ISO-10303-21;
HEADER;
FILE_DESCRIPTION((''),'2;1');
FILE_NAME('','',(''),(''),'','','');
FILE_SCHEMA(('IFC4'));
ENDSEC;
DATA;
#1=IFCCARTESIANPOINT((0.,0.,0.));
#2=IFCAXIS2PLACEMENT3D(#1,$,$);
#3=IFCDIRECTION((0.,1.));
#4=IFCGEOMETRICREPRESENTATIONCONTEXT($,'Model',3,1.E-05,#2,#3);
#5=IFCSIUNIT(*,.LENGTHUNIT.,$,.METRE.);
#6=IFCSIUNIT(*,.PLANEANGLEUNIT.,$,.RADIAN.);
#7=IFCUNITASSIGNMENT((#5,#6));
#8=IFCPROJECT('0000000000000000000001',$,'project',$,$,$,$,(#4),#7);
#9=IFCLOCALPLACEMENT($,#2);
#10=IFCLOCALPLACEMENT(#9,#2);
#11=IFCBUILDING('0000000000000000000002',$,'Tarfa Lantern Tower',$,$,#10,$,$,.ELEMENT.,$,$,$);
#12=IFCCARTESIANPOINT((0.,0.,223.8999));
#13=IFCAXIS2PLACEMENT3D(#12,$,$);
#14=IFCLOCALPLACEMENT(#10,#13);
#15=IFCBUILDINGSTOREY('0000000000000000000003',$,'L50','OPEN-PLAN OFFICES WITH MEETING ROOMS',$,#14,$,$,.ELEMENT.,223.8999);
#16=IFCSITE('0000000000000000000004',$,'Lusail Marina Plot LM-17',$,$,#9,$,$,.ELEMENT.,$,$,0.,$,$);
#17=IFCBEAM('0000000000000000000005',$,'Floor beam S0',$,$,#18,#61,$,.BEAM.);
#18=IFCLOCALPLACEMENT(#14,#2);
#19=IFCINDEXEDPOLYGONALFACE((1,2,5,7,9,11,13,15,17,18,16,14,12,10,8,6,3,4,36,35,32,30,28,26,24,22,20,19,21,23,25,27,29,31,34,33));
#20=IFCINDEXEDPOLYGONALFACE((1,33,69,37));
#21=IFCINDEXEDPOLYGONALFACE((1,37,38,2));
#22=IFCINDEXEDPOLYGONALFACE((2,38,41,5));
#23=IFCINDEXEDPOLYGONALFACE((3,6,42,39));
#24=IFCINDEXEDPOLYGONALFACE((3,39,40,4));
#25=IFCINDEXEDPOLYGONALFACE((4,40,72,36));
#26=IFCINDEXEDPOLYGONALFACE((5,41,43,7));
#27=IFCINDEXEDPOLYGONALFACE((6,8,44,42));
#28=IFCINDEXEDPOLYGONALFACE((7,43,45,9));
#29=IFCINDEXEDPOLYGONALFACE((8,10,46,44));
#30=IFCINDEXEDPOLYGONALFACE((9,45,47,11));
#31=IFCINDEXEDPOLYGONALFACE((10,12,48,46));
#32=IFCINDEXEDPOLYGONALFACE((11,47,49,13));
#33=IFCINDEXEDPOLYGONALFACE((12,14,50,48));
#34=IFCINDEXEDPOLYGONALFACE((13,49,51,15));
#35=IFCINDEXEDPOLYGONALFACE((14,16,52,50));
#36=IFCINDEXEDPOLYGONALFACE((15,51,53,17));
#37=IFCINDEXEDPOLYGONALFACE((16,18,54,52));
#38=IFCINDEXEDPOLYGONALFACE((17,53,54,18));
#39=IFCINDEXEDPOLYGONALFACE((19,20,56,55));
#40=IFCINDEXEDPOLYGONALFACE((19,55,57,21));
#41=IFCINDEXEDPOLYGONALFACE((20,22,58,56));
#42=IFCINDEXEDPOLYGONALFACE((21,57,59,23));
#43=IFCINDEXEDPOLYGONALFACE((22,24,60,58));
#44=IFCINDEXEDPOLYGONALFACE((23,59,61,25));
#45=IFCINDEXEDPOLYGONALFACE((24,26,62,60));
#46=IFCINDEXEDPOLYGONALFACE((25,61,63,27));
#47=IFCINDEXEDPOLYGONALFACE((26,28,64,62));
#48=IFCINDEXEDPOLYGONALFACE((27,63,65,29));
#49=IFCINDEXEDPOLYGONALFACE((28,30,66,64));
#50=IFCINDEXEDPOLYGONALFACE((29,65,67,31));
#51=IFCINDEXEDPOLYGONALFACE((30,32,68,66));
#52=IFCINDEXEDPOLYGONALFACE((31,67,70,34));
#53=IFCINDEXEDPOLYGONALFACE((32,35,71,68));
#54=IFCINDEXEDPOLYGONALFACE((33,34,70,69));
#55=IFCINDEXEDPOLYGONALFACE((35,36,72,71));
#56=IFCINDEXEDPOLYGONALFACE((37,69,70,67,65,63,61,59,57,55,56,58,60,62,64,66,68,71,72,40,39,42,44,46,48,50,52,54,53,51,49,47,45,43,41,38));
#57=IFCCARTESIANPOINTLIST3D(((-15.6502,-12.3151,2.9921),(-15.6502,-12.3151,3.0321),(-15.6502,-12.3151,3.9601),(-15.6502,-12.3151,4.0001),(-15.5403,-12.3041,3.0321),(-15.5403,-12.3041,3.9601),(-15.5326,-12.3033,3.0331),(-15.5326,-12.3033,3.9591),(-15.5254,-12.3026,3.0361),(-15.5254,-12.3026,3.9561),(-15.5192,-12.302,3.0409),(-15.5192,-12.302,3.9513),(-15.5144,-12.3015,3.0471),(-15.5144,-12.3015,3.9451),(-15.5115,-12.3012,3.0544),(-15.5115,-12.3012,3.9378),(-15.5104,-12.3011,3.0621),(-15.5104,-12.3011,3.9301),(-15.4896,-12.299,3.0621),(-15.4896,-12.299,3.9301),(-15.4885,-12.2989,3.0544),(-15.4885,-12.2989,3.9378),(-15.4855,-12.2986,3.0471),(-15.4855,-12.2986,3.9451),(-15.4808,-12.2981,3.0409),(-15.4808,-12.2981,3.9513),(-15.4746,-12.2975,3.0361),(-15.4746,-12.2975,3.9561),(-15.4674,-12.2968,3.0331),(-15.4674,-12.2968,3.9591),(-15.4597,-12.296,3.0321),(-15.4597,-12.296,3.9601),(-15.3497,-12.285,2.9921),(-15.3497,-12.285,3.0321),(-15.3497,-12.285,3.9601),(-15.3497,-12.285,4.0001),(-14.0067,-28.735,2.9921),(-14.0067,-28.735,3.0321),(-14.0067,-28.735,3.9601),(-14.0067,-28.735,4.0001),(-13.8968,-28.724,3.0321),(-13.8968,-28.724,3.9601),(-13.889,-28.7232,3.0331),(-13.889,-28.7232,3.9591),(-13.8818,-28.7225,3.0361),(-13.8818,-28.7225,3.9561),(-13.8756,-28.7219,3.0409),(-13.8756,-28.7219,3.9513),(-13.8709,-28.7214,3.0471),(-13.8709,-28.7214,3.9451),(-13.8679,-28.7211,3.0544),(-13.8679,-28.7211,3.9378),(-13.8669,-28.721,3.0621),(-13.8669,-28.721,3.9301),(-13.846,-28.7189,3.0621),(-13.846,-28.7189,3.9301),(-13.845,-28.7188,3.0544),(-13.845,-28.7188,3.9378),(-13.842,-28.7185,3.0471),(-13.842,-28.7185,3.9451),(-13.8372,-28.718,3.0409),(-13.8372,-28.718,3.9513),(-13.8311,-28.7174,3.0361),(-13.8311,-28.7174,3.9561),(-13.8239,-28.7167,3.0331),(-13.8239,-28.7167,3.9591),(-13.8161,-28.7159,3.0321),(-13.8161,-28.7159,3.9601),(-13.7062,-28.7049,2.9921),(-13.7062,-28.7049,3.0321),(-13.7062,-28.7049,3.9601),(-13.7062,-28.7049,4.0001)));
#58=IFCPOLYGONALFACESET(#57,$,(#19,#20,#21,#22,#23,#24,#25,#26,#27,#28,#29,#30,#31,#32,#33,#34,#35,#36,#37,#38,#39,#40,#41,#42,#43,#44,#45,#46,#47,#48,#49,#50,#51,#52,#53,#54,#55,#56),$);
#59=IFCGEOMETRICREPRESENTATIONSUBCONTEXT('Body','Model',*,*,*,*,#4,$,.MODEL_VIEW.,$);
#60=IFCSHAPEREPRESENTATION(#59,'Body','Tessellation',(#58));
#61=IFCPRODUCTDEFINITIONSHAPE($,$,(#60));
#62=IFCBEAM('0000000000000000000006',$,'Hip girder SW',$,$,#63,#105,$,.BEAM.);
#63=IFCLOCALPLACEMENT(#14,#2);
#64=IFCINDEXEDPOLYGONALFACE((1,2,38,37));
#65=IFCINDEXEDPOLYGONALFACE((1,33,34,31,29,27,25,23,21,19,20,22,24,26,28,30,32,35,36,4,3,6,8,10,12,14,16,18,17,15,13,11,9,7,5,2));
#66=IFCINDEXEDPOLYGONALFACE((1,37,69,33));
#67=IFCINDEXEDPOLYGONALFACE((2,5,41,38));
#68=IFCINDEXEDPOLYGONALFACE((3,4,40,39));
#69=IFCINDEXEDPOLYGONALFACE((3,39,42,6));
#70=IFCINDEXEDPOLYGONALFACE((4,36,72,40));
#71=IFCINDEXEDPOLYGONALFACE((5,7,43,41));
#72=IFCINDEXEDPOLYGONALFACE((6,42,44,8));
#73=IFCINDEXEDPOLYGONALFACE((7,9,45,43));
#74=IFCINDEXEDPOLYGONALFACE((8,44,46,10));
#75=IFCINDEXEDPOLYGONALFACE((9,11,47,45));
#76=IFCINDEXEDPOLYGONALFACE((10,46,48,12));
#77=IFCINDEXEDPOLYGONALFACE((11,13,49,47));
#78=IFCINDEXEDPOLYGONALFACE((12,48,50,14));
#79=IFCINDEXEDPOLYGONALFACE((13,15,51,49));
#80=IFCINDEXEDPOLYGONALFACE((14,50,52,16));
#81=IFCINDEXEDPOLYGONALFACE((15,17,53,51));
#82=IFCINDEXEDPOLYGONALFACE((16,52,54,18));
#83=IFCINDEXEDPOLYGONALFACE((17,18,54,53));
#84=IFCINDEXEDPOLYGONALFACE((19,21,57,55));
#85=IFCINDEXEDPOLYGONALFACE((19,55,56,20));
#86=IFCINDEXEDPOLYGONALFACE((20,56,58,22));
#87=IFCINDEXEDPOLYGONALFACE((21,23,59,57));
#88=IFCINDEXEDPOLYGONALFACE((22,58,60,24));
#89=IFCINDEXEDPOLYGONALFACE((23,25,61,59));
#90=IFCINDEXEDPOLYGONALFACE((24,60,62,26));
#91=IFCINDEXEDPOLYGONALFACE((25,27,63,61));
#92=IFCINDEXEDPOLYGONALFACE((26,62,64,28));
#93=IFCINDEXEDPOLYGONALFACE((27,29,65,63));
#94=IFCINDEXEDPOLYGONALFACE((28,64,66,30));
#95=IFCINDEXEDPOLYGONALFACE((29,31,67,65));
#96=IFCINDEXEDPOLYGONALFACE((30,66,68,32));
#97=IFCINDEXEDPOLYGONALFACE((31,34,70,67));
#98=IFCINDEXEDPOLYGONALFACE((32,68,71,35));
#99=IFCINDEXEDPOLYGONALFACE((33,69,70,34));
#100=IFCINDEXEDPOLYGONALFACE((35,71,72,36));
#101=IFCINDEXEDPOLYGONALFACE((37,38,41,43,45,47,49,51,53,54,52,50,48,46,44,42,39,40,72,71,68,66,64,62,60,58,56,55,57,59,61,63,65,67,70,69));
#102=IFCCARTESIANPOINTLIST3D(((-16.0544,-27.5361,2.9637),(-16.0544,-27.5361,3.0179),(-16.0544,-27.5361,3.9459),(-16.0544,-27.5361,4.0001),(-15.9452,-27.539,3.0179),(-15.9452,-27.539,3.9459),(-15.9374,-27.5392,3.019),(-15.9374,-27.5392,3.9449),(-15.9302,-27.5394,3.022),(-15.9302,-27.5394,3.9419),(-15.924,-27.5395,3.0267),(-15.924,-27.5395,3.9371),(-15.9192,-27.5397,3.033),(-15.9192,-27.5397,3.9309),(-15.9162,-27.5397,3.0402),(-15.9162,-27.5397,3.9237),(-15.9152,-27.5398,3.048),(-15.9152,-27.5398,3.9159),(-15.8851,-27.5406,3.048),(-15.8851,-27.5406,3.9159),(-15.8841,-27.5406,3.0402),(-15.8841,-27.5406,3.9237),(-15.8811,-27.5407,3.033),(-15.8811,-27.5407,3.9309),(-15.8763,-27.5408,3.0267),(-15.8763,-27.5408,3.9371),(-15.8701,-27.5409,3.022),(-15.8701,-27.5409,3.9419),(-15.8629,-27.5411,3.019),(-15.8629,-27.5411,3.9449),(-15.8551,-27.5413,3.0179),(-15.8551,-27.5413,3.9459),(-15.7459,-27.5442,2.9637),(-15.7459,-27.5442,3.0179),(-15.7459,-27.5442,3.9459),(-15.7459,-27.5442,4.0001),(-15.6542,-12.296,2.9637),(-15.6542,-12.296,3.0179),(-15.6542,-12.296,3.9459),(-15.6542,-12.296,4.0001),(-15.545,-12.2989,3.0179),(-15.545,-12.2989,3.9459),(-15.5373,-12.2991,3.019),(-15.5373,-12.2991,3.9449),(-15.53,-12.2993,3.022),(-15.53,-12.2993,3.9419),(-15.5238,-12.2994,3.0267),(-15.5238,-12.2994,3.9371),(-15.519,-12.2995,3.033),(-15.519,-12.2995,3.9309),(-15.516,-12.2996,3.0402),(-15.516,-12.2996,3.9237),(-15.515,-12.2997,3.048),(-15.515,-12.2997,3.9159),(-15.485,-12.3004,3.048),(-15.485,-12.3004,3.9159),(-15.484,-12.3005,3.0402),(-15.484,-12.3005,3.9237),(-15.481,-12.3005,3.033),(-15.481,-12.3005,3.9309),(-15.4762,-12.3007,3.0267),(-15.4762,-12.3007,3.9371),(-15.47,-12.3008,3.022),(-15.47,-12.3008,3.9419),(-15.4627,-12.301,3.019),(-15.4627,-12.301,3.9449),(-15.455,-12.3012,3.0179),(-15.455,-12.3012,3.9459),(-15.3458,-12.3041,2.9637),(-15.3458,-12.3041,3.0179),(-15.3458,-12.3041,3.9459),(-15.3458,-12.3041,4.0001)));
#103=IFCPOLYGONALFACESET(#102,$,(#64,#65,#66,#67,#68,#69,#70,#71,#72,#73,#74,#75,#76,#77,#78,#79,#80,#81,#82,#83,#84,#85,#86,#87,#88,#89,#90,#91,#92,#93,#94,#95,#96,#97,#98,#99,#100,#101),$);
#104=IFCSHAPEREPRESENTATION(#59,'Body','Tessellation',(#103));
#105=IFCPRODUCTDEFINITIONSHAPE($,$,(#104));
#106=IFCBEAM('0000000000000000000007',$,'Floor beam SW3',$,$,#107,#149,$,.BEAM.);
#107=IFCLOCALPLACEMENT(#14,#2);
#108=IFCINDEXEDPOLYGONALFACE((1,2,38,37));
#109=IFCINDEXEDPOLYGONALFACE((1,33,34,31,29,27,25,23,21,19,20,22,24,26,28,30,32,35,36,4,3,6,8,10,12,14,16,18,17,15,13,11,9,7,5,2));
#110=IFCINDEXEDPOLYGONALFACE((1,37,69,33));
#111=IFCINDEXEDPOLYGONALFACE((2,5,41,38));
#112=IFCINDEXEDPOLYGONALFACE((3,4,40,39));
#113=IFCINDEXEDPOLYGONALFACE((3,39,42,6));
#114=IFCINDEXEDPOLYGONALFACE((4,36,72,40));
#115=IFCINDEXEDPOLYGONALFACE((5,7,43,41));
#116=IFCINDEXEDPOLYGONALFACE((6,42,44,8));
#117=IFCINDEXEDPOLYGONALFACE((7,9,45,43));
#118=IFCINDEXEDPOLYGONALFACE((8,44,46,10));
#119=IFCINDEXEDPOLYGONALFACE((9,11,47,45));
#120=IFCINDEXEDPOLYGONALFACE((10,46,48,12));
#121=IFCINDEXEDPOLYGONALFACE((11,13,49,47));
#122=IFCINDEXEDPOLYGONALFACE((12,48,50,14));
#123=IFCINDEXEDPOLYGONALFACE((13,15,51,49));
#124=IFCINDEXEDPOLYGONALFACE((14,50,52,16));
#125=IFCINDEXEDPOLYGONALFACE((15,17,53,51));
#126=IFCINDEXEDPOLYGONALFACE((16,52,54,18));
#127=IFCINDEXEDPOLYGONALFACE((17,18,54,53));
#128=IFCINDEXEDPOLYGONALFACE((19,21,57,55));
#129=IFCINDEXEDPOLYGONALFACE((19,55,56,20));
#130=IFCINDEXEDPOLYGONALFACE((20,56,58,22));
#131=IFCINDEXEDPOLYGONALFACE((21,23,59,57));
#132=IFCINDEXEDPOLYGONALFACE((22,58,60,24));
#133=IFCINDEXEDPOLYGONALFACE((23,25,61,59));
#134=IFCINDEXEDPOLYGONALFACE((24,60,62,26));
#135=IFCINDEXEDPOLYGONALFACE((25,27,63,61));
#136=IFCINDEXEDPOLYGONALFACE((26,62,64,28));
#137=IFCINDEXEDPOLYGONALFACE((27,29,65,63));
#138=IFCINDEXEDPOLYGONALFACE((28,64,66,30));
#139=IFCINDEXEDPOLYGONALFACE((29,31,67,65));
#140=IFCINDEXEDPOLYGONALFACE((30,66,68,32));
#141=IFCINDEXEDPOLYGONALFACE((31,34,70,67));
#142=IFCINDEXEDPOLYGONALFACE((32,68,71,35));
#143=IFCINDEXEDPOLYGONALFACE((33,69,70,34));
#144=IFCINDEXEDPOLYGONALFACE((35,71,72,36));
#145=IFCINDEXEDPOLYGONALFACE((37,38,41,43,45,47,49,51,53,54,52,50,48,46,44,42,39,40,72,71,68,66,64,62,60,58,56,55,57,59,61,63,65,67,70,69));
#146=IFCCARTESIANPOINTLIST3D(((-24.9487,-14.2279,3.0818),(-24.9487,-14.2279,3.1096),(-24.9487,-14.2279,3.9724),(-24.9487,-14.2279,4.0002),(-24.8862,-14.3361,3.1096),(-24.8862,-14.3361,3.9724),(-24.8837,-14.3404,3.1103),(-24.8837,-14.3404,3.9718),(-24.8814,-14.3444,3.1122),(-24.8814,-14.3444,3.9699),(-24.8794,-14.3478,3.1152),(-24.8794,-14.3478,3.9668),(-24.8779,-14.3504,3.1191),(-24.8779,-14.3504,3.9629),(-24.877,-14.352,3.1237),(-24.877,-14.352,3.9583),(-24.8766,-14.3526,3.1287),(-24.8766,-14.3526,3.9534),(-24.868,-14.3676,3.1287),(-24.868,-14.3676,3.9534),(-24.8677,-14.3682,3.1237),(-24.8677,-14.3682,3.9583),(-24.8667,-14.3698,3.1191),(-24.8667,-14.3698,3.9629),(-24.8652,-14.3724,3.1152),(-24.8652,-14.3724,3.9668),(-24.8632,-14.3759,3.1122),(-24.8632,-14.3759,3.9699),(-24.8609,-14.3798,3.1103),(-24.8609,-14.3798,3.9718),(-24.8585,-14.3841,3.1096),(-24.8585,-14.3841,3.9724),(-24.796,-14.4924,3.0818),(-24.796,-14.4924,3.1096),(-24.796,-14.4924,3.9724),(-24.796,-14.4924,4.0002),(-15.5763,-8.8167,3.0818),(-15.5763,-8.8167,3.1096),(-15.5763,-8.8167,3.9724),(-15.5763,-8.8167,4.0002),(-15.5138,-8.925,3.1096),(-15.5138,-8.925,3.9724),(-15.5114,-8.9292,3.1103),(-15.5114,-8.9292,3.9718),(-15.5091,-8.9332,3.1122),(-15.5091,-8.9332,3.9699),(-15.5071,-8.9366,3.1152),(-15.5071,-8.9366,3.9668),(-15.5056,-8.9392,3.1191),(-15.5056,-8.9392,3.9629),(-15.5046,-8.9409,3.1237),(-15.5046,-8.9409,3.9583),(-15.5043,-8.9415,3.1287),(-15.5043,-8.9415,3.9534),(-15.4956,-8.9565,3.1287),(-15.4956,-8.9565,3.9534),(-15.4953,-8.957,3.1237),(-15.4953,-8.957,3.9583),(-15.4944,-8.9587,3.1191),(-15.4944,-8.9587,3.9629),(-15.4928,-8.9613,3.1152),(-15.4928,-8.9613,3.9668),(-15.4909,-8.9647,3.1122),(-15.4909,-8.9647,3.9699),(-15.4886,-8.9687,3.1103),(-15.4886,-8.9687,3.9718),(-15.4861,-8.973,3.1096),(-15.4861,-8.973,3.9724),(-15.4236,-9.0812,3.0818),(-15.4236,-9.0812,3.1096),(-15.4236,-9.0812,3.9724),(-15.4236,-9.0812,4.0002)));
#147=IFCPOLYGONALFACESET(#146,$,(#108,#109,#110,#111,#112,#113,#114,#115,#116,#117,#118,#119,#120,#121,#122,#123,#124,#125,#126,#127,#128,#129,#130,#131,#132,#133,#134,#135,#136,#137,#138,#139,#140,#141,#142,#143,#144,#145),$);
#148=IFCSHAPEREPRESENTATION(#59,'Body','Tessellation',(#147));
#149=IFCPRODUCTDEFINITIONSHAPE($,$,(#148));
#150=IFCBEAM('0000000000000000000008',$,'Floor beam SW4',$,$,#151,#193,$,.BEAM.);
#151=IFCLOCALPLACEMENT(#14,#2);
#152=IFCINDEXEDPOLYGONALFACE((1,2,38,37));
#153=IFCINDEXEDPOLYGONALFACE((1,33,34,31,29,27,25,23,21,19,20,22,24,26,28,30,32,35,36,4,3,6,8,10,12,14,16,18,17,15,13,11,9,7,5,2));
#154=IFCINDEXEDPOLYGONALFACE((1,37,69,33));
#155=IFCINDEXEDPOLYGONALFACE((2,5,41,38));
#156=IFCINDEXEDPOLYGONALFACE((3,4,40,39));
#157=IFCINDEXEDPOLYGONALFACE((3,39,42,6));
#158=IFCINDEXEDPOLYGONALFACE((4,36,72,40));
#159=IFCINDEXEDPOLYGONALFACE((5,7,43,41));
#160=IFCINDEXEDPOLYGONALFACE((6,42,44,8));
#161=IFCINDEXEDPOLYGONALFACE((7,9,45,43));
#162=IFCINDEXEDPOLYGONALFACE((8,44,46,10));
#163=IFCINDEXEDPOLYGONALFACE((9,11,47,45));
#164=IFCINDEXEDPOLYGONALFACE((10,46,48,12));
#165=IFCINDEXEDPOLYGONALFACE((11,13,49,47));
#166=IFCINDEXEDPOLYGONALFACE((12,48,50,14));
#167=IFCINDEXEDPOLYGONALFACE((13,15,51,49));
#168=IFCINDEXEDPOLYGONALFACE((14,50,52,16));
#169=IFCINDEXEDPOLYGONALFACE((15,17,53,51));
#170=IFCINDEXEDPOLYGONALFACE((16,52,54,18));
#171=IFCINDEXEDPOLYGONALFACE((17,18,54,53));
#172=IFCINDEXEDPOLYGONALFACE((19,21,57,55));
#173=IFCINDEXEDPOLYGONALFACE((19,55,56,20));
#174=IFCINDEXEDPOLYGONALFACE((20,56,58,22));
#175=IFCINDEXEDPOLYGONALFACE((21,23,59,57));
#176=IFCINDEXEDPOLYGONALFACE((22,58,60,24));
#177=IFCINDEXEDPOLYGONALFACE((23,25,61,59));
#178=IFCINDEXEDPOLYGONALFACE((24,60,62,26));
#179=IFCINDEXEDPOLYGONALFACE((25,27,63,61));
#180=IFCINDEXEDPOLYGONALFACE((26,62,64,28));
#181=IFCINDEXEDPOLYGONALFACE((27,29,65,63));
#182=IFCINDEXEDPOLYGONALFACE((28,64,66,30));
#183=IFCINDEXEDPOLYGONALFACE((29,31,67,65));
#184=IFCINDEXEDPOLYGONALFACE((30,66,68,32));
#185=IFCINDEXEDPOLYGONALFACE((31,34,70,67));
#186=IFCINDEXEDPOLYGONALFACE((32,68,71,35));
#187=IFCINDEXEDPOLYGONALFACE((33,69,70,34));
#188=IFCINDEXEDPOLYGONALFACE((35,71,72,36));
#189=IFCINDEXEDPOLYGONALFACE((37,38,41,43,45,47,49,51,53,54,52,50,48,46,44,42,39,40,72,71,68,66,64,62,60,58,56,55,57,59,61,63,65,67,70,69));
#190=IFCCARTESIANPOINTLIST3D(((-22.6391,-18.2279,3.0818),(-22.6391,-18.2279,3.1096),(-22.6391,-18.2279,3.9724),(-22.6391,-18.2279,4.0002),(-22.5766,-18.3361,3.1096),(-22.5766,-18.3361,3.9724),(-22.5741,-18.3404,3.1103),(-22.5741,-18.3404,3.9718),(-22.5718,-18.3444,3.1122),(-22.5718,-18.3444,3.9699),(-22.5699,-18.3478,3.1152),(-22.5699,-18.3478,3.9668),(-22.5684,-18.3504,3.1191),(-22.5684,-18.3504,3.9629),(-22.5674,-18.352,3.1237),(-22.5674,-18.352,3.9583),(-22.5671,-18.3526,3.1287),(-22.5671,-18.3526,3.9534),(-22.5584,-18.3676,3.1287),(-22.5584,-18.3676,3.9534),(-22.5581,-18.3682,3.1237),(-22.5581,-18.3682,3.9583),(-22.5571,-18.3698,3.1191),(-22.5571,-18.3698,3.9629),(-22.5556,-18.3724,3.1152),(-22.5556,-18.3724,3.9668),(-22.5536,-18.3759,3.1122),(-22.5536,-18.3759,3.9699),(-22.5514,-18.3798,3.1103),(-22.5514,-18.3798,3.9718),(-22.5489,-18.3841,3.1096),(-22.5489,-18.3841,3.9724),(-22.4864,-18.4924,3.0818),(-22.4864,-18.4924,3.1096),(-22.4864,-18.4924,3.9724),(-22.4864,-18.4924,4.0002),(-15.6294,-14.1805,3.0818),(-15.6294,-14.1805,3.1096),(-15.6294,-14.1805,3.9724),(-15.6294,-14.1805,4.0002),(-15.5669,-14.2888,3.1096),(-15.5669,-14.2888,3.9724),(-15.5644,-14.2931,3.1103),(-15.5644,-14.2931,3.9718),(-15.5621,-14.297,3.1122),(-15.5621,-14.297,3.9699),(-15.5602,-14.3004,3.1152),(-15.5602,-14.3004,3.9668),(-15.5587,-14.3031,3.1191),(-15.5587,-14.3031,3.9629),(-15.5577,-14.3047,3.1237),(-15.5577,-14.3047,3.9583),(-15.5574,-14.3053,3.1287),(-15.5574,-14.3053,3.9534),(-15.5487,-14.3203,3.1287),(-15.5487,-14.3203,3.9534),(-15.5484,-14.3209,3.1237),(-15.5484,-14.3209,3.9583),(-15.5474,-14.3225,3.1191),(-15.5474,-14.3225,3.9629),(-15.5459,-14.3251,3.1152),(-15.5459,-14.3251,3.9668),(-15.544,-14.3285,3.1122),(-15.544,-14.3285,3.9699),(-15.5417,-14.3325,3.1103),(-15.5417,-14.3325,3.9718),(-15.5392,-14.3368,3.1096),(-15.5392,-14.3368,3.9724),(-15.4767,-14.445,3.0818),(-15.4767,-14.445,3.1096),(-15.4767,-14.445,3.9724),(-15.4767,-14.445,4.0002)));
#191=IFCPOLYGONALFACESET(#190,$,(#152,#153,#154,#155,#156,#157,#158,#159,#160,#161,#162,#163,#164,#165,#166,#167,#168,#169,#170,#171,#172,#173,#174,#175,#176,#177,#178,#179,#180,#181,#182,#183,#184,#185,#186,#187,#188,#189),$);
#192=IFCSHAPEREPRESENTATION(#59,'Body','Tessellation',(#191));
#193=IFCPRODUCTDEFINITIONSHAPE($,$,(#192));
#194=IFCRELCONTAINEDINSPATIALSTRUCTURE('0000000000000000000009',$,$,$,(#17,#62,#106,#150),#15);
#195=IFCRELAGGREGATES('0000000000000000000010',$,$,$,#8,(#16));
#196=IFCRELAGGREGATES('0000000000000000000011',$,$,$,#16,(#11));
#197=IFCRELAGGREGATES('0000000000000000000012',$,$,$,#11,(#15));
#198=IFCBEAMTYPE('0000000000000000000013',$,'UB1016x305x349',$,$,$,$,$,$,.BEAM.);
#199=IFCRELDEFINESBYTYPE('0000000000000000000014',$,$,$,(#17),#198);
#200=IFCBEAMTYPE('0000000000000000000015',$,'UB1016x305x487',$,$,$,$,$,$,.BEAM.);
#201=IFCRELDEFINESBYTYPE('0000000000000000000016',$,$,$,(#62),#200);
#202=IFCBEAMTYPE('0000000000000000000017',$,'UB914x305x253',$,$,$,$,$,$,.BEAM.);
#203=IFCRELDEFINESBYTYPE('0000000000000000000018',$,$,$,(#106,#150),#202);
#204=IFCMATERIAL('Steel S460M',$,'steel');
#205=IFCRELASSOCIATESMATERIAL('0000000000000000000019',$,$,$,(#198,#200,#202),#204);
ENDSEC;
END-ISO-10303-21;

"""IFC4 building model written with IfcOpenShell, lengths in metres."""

from ifc_helpers import new_model, si_unit, direction, frame, origin, origin_2d, place, context, subcontext, project, spatial, i_section, extrude, material, material_profile, profile_set, type_object, element, save


model = new_model("IFC4")

# Units and contexts
model_context = context("Model", 3, precision=1e-05, world=origin(), true_north=direction((0.0, 1.0)))
body_context = subcontext(model_context, "Body", "Model", "MODEL_VIEW")
ifc_project = project(units=[si_unit("LENGTHUNIT", "METRE"), si_unit("PLANEANGLEUNIT", "RADIAN")], contexts=[model_context])

# Site, building, storey
site_placement = place(None, origin())
site = spatial("IfcSite", under=ifc_project, at=site_placement, Name="Lusail Marina Plot LM-17", CompositionType="ELEMENT", RefElevation=0.0)
building_placement = place(site_placement, origin())
building = spatial("IfcBuilding", under=site, at=building_placement, Name="Tarfa Lantern Tower", CompositionType="ELEMENT")
storey_placement = place(building_placement, frame((0.0, 0.0, 223.8999)))
storey = spatial("IfcBuildingStorey", under=building, at=storey_placement, Name="L50", Description="OPEN-PLAN OFFICES WITH MEETING ROOMS", CompositionType="ELEMENT", Elevation=223.8999)

# Beams
ifc_material_1 = material(Name="Steel S460M", Category="steel")
ifc_material_profile_1 = material_profile(ifc_material_1, i_section(OverallWidth=0.302, OverallDepth=1.0081, WebThickness=0.021, FlangeThickness=0.04, FilletRadius=0.03, at=origin_2d()), Name="UB1016x305x349")
ifc_profile_set_1 = profile_set([ifc_material_profile_1], Name="Steel S460M")
beam_type_1 = type_object("IfcBeamType", Name="UB1016x305x349", PredefinedType="BEAM", material=ifc_profile_set_1)
beam_1_placement = place(storey_placement, frame((-13.8564, -28.72, 3.4961), z_axis=(-0.099597, 0.995028, 0.0), x_axis=(-0.995028, -0.099597, 0.0)))
element("IfcBeam", 1, at=beam_1_placement, inside=storey, type_object=beam_type_1, Name="Floor beam S0", PredefinedType="BEAM", context=body_context, shape_type="SweptSolid", body=[
    extrude(i_section(OverallWidth=0.302, OverallDepth=1.0081, WebThickness=0.021, FlangeThickness=0.04, FilletRadius=0.03, at=origin_2d()), origin(), (0.0, 0.0, 1.0), 16.502),
])
ifc_material_profile_2 = material_profile(ifc_material_1, i_section(OverallWidth=0.3086, OverallDepth=1.0364, WebThickness=0.03, FlangeThickness=0.0542, FilletRadius=0.03, at=origin_2d()), Name="UB1016x305x487")
ifc_profile_set_2 = profile_set([ifc_material_profile_2], Name="Steel S460M")
beam_type_2 = type_object("IfcBeamType", Name="UB1016x305x487", PredefinedType="BEAM", material=ifc_profile_set_2)
beam_2_placement = place(storey_placement, frame((-15.5, -12.3, 3.4819), z_axis=(-0.026247, -0.999655, 0.0), x_axis=(0.999655, -0.026247, 0.0)))
element("IfcBeam", 2, at=beam_2_placement, inside=storey, type_object=beam_type_2, Name="Hip girder SW", PredefinedType="BEAM", context=body_context, shape_type="SweptSolid", body=[
    extrude(i_section(OverallWidth=0.3086, OverallDepth=1.0364, WebThickness=0.03, FlangeThickness=0.0542, FilletRadius=0.03, at=origin_2d()), origin(), (0.0, 0.0, 1.0), 15.2454),
])
ifc_material_profile_3 = material_profile(ifc_material_1, i_section(OverallWidth=0.3054, OverallDepth=0.9185, WebThickness=0.0173, FlangeThickness=0.0278, FilletRadius=0.019, at=origin_2d()), Name="UB914x305x253")
ifc_profile_set_3 = profile_set([ifc_material_profile_3], Name="Steel S460M")
beam_type_3 = type_object("IfcBeamType", Name="UB914x305x253", PredefinedType="BEAM", material=ifc_profile_set_3)
beam_3_placement = place(storey_placement, frame((-24.8723, -14.3601, 3.541), z_axis=(0.866024, 0.500002, 0.0), x_axis=(-0.500002, 0.866024, 0.0)))
element("IfcBeam", 3, at=beam_3_placement, inside=storey, type_object=beam_type_3, Name="Floor beam SW3", PredefinedType="BEAM", context=body_context, shape_type="SweptSolid", body=[
    extrude(i_section(OverallWidth=0.3054, OverallDepth=0.9185, WebThickness=0.0173, FlangeThickness=0.0278, FilletRadius=0.019, at=origin_2d()), origin(), (0.0, 0.0, 1.0), 10.8223),
])
beam_4_placement = place(storey_placement, frame((-22.5627, -18.3601, 3.541), z_axis=(0.866011, 0.500025, 0.0), x_axis=(-0.500025, 0.866011, 0.0)))
element("IfcBeam", 4, at=beam_4_placement, inside=storey, type_object=beam_type_3, Name="Floor beam SW4", PredefinedType="BEAM", context=body_context, shape_type="SweptSolid", body=[
    extrude(i_section(OverallWidth=0.3054, OverallDepth=0.9185, WebThickness=0.0173, FlangeThickness=0.0278, FilletRadius=0.019, at=origin_2d()), origin(), (0.0, 0.0, 1.0), 8.0942),
])

save(model, "model.ifc")
